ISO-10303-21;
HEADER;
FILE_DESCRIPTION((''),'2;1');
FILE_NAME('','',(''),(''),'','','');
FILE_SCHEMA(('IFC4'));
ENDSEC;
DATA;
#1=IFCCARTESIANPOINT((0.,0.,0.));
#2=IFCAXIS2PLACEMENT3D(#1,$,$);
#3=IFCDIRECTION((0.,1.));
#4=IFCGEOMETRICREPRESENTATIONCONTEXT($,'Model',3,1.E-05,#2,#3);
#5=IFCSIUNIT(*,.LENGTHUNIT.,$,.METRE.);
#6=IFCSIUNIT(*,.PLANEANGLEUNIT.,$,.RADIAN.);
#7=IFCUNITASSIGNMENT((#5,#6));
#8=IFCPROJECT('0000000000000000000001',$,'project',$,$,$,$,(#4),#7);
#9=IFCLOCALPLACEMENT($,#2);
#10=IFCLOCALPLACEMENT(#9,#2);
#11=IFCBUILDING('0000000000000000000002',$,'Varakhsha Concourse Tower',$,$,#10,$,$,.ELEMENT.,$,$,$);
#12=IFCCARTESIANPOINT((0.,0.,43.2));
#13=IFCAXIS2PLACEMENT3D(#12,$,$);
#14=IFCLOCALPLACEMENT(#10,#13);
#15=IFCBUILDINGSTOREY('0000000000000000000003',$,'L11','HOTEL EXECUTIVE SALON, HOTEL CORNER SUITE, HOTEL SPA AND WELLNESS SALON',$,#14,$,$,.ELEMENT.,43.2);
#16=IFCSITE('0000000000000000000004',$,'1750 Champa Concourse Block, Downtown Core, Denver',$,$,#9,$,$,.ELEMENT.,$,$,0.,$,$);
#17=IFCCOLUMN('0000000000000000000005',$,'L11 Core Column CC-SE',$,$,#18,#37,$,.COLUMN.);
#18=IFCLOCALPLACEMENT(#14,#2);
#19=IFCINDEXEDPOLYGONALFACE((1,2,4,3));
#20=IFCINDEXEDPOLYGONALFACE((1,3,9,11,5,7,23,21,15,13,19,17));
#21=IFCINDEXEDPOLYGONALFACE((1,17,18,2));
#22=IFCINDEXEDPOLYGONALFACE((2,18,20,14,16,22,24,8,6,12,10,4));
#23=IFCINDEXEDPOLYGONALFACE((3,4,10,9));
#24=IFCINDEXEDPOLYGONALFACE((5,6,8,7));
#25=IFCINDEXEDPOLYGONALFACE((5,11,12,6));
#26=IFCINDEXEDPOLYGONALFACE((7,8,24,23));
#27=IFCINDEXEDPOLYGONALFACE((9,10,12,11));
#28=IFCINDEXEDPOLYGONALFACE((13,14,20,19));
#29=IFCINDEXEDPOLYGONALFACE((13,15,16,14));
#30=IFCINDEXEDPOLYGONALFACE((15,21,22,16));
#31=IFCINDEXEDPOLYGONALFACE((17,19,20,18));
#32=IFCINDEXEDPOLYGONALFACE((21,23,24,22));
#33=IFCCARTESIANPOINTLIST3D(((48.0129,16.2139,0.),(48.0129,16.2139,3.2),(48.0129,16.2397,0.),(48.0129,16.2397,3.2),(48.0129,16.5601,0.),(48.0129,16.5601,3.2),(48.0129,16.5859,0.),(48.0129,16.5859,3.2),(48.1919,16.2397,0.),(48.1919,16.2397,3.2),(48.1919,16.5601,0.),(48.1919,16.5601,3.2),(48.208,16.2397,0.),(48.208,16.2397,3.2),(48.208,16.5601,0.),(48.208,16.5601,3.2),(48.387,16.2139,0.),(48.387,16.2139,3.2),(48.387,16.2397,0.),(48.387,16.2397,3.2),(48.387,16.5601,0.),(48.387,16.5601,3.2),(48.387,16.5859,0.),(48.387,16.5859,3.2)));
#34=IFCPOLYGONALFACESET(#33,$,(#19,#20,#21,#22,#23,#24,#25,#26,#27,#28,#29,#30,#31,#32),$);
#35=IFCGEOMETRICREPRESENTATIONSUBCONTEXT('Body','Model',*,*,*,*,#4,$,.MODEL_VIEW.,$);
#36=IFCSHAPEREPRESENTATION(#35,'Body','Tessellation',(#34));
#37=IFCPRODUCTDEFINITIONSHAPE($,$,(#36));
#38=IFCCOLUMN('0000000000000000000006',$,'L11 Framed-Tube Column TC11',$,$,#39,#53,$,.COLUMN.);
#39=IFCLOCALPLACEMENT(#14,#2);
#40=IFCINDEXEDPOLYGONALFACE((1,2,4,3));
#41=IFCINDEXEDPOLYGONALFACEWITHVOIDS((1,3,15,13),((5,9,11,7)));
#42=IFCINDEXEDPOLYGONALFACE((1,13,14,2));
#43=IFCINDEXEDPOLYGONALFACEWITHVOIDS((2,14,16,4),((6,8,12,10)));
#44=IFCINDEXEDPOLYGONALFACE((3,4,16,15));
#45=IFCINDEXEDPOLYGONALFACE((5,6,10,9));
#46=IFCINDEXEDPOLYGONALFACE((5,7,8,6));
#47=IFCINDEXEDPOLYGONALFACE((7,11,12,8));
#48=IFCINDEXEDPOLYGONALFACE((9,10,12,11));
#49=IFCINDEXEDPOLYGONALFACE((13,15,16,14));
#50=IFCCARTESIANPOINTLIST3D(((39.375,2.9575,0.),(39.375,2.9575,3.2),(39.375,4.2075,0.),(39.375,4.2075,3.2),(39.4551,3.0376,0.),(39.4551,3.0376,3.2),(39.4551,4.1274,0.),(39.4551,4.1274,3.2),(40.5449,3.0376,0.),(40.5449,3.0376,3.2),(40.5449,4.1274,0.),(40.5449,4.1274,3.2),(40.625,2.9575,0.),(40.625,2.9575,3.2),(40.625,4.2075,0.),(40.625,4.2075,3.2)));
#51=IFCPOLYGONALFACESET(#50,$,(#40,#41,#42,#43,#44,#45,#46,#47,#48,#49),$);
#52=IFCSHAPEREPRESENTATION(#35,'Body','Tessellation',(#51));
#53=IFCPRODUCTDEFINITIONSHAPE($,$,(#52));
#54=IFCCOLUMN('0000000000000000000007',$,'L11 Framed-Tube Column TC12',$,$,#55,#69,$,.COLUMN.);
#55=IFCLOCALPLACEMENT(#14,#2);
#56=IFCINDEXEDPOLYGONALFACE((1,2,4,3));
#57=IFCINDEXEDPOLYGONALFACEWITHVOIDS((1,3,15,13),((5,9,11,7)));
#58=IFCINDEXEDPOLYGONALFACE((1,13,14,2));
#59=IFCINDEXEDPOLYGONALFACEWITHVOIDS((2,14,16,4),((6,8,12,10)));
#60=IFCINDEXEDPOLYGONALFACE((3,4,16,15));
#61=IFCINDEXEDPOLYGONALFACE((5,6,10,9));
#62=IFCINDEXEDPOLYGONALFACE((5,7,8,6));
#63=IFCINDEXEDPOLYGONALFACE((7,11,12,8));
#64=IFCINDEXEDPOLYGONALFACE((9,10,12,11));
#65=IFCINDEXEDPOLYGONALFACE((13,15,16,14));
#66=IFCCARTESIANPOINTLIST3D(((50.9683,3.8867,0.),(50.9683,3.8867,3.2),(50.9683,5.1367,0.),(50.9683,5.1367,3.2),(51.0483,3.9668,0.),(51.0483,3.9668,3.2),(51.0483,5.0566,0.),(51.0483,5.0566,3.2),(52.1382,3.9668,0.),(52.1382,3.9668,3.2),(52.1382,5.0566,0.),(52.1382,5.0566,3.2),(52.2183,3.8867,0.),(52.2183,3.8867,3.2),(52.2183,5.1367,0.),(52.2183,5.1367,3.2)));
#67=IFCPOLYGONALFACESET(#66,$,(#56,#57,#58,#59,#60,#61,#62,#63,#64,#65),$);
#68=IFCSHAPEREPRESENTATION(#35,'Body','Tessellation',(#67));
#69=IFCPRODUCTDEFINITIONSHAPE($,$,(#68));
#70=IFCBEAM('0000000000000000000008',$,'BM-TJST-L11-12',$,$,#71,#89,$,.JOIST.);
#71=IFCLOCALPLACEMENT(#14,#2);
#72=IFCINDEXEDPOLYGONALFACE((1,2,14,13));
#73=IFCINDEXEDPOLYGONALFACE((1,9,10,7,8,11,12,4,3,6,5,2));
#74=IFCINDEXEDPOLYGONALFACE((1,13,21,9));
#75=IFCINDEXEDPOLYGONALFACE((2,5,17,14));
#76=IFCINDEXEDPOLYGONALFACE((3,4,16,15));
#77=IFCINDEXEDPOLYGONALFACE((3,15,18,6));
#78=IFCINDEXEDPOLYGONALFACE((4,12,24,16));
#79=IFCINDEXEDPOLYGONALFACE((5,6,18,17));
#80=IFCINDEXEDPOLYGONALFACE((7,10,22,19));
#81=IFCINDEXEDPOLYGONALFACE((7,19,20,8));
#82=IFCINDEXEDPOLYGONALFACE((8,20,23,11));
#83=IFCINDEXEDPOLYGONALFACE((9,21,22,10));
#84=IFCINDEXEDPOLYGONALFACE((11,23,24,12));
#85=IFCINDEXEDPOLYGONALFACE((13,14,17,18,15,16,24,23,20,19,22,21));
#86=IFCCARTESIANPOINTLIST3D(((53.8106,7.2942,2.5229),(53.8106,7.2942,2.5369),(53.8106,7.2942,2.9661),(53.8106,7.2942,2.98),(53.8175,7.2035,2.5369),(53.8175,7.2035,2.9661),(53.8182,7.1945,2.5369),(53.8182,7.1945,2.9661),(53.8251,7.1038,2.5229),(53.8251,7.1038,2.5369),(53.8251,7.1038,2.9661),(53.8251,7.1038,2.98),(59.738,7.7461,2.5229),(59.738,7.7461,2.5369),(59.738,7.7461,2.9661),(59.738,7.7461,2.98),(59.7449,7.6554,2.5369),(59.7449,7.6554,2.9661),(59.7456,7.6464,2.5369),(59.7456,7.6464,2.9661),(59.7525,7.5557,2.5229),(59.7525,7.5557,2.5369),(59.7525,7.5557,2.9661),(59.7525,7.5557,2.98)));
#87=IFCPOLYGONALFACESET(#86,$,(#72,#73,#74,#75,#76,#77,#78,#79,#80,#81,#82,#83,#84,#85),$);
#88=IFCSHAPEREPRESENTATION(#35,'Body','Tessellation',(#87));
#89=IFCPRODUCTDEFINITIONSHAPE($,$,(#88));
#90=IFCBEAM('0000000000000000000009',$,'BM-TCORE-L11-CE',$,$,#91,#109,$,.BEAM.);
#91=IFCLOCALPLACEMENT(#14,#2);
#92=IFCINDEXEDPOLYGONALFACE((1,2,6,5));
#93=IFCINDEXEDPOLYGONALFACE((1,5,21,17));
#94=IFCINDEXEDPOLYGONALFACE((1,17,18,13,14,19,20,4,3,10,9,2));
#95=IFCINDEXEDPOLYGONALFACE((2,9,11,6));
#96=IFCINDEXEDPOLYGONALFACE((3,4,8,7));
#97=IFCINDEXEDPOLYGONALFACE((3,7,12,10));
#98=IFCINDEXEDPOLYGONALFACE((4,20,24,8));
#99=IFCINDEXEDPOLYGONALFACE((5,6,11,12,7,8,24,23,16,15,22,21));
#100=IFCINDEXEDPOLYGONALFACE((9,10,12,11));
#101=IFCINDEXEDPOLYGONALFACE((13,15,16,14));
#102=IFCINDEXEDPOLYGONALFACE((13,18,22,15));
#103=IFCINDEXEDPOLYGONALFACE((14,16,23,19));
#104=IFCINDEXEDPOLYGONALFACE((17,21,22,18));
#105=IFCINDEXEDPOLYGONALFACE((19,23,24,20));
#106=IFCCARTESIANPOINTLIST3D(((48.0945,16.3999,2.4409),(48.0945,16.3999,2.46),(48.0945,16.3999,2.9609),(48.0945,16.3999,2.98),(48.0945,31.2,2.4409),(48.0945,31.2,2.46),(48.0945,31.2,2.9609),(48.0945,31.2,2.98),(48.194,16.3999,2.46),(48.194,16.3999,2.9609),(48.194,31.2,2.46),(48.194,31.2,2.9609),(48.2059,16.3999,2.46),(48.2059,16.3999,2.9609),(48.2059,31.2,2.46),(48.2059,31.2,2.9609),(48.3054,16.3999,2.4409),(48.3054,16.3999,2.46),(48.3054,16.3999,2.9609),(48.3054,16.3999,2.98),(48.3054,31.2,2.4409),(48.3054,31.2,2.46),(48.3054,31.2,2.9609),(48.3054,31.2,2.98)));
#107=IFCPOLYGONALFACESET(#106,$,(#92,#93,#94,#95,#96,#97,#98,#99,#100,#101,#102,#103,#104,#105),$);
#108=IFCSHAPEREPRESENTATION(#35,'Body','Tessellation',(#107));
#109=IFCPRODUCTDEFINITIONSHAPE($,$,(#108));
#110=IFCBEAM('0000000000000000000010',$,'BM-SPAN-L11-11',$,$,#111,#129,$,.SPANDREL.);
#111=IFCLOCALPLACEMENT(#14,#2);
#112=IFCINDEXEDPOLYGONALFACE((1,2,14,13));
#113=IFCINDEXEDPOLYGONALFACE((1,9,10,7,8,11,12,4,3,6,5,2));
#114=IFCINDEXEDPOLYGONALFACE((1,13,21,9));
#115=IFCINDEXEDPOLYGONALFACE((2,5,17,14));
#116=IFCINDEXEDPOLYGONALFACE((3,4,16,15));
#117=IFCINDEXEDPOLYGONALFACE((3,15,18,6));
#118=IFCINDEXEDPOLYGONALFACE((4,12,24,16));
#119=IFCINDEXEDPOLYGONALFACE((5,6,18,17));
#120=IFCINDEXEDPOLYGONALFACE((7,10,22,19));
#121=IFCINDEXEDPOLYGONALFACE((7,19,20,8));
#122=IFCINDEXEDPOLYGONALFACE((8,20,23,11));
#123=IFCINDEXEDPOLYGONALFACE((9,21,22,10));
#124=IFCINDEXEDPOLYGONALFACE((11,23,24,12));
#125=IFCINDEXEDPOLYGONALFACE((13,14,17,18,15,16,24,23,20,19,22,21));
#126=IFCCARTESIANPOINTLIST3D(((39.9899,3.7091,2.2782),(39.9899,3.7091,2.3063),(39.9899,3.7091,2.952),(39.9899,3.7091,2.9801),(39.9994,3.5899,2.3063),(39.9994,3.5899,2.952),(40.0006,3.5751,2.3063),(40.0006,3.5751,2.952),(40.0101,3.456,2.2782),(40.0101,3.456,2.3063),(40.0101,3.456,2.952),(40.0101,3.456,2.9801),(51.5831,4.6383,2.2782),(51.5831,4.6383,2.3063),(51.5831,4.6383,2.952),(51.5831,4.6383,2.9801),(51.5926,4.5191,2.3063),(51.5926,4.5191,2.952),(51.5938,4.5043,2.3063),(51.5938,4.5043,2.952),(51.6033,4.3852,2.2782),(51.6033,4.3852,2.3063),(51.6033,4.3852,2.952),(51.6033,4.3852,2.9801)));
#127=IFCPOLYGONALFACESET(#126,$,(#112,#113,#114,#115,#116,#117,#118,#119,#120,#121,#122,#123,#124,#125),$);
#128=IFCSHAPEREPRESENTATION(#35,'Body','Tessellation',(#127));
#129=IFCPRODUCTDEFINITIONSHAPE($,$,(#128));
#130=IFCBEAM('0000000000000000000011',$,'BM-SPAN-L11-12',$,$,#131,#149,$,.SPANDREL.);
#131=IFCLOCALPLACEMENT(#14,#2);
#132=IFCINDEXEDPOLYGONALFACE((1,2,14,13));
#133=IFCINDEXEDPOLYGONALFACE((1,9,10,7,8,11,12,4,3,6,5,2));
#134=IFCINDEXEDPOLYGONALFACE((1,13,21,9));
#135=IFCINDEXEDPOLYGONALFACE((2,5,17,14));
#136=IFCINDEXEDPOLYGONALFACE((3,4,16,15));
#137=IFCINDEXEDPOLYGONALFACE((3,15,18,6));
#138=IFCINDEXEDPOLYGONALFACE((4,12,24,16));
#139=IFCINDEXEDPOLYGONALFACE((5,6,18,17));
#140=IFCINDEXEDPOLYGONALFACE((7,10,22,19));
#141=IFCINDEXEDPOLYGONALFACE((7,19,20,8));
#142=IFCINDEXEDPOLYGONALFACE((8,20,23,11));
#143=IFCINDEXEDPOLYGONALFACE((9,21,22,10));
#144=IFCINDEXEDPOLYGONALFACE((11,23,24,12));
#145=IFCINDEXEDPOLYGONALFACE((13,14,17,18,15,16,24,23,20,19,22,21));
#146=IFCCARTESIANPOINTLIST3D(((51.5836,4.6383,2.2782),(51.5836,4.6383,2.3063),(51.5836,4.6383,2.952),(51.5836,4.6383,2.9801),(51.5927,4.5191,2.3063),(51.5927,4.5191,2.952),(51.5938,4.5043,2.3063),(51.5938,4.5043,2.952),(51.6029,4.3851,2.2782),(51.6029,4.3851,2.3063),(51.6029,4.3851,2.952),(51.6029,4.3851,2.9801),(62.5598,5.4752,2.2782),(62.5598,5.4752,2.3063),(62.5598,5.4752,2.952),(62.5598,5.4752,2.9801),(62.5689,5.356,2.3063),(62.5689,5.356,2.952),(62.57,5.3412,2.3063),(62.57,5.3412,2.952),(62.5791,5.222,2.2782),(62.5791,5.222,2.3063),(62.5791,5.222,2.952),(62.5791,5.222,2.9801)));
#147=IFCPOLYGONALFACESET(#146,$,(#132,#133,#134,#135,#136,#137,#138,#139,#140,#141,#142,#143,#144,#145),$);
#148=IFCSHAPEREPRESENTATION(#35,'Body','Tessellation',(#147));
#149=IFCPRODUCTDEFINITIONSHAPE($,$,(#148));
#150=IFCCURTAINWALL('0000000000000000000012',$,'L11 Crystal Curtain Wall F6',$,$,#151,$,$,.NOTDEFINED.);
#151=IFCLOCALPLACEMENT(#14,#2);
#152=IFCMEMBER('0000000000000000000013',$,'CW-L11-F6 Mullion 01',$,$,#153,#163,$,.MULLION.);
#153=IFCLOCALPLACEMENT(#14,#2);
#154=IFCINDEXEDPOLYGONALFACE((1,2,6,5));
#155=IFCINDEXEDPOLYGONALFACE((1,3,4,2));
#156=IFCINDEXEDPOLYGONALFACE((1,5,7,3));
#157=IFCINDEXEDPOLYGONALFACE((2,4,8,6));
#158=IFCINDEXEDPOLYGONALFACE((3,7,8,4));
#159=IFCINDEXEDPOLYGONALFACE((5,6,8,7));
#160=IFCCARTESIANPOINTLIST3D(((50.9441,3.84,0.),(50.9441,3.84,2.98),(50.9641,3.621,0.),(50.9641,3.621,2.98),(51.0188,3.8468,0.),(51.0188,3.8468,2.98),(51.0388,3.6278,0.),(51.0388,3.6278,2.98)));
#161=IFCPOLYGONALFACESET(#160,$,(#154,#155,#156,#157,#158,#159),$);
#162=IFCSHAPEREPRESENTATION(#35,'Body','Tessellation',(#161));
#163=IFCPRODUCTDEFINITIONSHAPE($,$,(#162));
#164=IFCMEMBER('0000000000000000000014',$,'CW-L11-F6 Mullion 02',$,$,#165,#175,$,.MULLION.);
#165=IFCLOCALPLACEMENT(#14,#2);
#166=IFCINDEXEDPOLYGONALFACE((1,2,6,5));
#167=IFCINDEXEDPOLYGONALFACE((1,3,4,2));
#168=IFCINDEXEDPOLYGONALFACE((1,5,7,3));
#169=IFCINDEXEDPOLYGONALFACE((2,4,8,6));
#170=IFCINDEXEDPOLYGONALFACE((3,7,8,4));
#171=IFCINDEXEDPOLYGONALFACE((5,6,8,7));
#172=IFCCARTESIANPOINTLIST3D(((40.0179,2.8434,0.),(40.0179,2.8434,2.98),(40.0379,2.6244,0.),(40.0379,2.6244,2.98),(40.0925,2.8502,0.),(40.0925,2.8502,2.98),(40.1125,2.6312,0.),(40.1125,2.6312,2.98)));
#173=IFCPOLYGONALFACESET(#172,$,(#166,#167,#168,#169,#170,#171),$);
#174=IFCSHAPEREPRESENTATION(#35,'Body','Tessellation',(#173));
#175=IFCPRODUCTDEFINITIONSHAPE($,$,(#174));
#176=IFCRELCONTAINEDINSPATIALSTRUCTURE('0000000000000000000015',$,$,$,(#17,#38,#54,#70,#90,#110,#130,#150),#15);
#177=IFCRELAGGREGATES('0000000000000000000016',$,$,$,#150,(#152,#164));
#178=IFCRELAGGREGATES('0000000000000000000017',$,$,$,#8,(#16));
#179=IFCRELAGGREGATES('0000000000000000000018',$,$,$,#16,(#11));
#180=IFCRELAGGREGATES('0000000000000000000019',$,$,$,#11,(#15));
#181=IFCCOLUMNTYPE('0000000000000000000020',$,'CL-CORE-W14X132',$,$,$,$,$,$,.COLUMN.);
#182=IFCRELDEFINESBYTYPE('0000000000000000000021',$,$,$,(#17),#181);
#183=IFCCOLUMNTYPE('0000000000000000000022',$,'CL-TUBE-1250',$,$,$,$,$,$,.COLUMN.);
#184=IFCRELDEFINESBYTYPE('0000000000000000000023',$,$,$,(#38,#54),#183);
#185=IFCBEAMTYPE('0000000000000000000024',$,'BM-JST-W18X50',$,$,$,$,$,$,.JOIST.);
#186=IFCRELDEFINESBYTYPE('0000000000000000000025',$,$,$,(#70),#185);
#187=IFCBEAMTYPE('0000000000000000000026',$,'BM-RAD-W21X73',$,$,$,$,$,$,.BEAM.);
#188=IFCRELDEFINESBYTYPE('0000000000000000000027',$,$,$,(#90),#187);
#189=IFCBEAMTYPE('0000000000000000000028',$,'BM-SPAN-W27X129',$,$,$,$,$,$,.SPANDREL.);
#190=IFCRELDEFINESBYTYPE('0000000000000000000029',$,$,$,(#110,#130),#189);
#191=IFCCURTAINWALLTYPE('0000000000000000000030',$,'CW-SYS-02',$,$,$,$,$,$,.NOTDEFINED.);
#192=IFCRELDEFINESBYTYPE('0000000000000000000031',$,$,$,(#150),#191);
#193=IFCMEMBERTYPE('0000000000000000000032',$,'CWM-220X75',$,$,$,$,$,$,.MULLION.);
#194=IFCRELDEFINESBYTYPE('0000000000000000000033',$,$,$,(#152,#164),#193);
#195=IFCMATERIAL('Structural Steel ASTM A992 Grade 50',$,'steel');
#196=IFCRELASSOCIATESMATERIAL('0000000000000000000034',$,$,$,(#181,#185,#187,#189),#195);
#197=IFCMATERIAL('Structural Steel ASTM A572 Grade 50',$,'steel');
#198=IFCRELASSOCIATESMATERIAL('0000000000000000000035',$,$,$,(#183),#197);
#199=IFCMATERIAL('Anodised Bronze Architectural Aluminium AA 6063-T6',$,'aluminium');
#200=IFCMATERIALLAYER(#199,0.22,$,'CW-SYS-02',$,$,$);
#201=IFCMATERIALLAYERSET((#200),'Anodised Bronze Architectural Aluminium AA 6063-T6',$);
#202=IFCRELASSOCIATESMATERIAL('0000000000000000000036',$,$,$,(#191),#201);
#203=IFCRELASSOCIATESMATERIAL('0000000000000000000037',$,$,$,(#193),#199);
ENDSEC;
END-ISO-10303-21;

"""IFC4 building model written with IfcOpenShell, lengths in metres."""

from ifc_helpers import new_model, si_unit, direction, frame, origin, origin_2d, place, context, subcontext, project, spatial, rectangle, hollow_rectangle, i_section, extrude, source, transform, mapped, material, layer, layer_set, material_profile, profile_set, type_object, type_shapes, element, aggregate, save


model = new_model("IFC4")

# Units and contexts
model_context = context("Model", 3, precision=1e-05, world=origin(), true_north=direction((0.0, 1.0)))
body_context = subcontext(model_context, "Body", "Model", "MODEL_VIEW")
ifc_project = project(units=[si_unit("LENGTHUNIT", "METRE"), si_unit("PLANEANGLEUNIT", "RADIAN")], contexts=[model_context])

# Site, building, storey
site_placement = place(None, origin())
site = spatial("IfcSite", under=ifc_project, at=site_placement, Name="1750 Champa Concourse Block, Downtown Core, Denver", CompositionType="ELEMENT", RefElevation=0.0)
building_placement = place(site_placement, origin())
building = spatial("IfcBuilding", under=site, at=building_placement, Name="Varakhsha Concourse Tower", CompositionType="ELEMENT")
storey_placement = place(building_placement, frame((0.0, 0.0, 43.2)))
storey = spatial("IfcBuildingStorey", under=building, at=storey_placement, Name="L11", Description="HOTEL EXECUTIVE SALON, HOTEL CORNER SUITE, HOTEL SPA AND WELLNESS SALON", CompositionType="ELEMENT", Elevation=43.2)

# Columns
ifc_material_1 = material(Name="Structural Steel ASTM A992 Grade 50", Category="steel")
ifc_material_profile_1 = material_profile(ifc_material_1, i_section(OverallWidth=0.374, OverallDepth=0.3721, WebThickness=0.0161, FlangeThickness=0.0259, at=origin_2d()), Name="W14X132")
ifc_profile_set_1 = profile_set([ifc_material_profile_1], Name="Structural Steel ASTM A992 Grade 50")
column_type_1 = type_object("IfcColumnType", Name="CL-CORE-W14X132", PredefinedType="COLUMN", material=ifc_profile_set_1)
column_placement = place(storey_placement, frame((48.2, 16.3999, 0.0), z_axis=(0.0, 0.0, 1.0), x_axis=(1.0, 0.0, 0.0)))
element("IfcColumn", 1, at=column_placement, inside=storey, type_object=column_type_1, Name="L11 Core Column CC-SE", PredefinedType="COLUMN", context=body_context, shape_type="SweptSolid", body=[
    extrude(i_section(OverallWidth=0.374, OverallDepth=0.3721, WebThickness=0.0161, FlangeThickness=0.0259, at=origin_2d()), origin(), (0.0, 0.0, 1.0), 3.2),
])
ifc_material_2 = material(Name="Structural Steel ASTM A572 Grade 50", Category="steel")
ifc_material_profile_2 = material_profile(ifc_material_2, hollow_rectangle(XDim=1.25, YDim=1.25, WallThickness=0.0801, at=origin_2d()), Name="BOX 1250x1250x80")
ifc_profile_set_2 = profile_set([ifc_material_profile_2], Name="Structural Steel ASTM A572 Grade 50")
column_type_2 = type_object("IfcColumnType", Name="CL-TUBE-1250", PredefinedType="COLUMN", material=ifc_profile_set_2)
for number, where, z_axis, x_axis, name in (
    (2, (40.0, 3.5825, 0.0), (0.0, 0.0, 1.0), (1.0, 0.0, 0.0), "L11 Framed-Tube Column TC11"),
    (3, (51.5933, 4.5117, 0.0), (0.0, 0.0, 1.0), (1.0, 0.0, 0.0), "L11 Framed-Tube Column TC12"),
):
    element("IfcColumn", number, at=place(storey_placement, frame(where, z_axis=z_axis, x_axis=x_axis)), inside=storey, type_object=column_type_2, Name=name, PredefinedType="COLUMN", context=body_context, shape_type="SweptSolid", body=[
        extrude(hollow_rectangle(XDim=1.25, YDim=1.25, WallThickness=0.0801, at=origin_2d()), origin(), (0.0, 0.0, 1.0), 3.2),
    ])

# Beams
ifc_material_profile_3 = material_profile(ifc_material_1, i_section(OverallWidth=0.1909, OverallDepth=0.457, WebThickness=0.009, FlangeThickness=0.0139, at=origin_2d()), Name="W18X50")
ifc_profile_set_3 = profile_set([ifc_material_profile_3], Name="Structural Steel ASTM A992 Grade 50")
beam_type_1 = type_object("IfcBeamType", Name="BM-JST-W18X50", PredefinedType="JOIST", material=ifc_profile_set_3)
beam_1_placement = place(storey_placement, frame((53.8179, 7.199, 2.7515), z_axis=(0.997106, 0.076018, 0.0), x_axis=(-0.076018, 0.997106, 0.0)))
element("IfcBeam", 4, at=beam_1_placement, inside=storey, type_object=beam_type_1, Name="BM-TJST-L11-12", PredefinedType="JOIST", context=body_context, shape_type="SweptSolid", body=[
    extrude(i_section(OverallWidth=0.1909, OverallDepth=0.457, WebThickness=0.009, FlangeThickness=0.0139, at=origin_2d()), origin(), (0.0, 0.0, 1.0), 5.9446),
])
ifc_material_profile_4 = material_profile(ifc_material_1, i_section(OverallWidth=0.2109, OverallDepth=0.5391, WebThickness=0.012, FlangeThickness=0.019, at=origin_2d()), Name="W21X73")
ifc_profile_set_4 = profile_set([ifc_material_profile_4], Name="Structural Steel ASTM A992 Grade 50")
beam_type_2 = type_object("IfcBeamType", Name="BM-RAD-W21X73", PredefinedType="BEAM", material=ifc_profile_set_4)
beam_2_placement = place(storey_placement, frame((48.2, 16.3999, 2.7104), z_axis=(0.0, 1.0, 0.0), x_axis=(-1.0, 0.0, 0.0)))
element("IfcBeam", 5, at=beam_2_placement, inside=storey, type_object=beam_type_2, Name="BM-TCORE-L11-CE", PredefinedType="BEAM", context=body_context, shape_type="SweptSolid", body=[
    extrude(i_section(OverallWidth=0.2109, OverallDepth=0.5391, WebThickness=0.012, FlangeThickness=0.019, at=origin_2d()), origin(), (0.0, 0.0, 1.0), 14.8),
])
ifc_material_profile_5 = material_profile(ifc_material_1, i_section(OverallWidth=0.2539, OverallDepth=0.7019, WebThickness=0.0149, FlangeThickness=0.0281, at=origin_2d()), Name="W27X129")
ifc_profile_set_5 = profile_set([ifc_material_profile_5], Name="Structural Steel ASTM A992 Grade 50")
beam_type_3 = type_object("IfcBeamType", Name="BM-SPAN-W27X129", PredefinedType="SPANDREL", material=ifc_profile_set_5)
beam_3_placement = place(storey_placement, frame((40.0, 3.5825, 2.6292), z_axis=(0.996803, 0.079894, 0.0), x_axis=(-0.079894, 0.996803, 0.0)))
element("IfcBeam", 6, at=beam_3_placement, inside=storey, type_object=beam_type_3, Name="BM-SPAN-L11-11", PredefinedType="SPANDREL", context=body_context, shape_type="SweptSolid", body=[
    extrude(i_section(OverallWidth=0.2539, OverallDepth=0.7019, WebThickness=0.0149, FlangeThickness=0.0281, at=origin_2d()), origin(), (0.0, 0.0, 1.0), 11.6304),
])
beam_4_placement = place(storey_placement, frame((51.5933, 4.5117, 2.6292), z_axis=(0.997106, 0.076027, 0.0), x_axis=(-0.076027, 0.997106, 0.0)))
element("IfcBeam", 7, at=beam_4_placement, inside=storey, type_object=beam_type_3, Name="BM-SPAN-L11-12", PredefinedType="SPANDREL", context=body_context, shape_type="SweptSolid", body=[
    extrude(i_section(OverallWidth=0.2539, OverallDepth=0.7019, WebThickness=0.0149, FlangeThickness=0.0281, at=origin_2d()), origin(), (0.0, 0.0, 1.0), 11.0081),
])

# Curtain wall, members
ifc_material_3 = material(Name="Anodised Bronze Architectural Aluminium AA 6063-T6", Category="aluminium")
ifc_layer_1 = layer(ifc_material_3, 0.22, Name="CW-SYS-02")
ifc_layer_set_1 = layer_set([ifc_layer_1], Name="Anodised Bronze Architectural Aluminium AA 6063-T6")
curtain_wall_type = type_object("IfcCurtainWallType", Name="CW-SYS-02", PredefinedType="NOTDEFINED", material=ifc_layer_set_1)
curtain_wall_1_placement = place(storey_placement, origin())
curtain_wall_1 = element("IfcCurtainWall", 8, at=curtain_wall_1_placement, inside=storey, type_object=curtain_wall_type, Name="L11 Crystal Curtain Wall F6", PredefinedType="NOTDEFINED")
ifc_material_profile_6 = material_profile(ifc_material_3, rectangle(XDim=0.075, YDim=0.22, at=origin_2d()), Name="CWM-220X75")
ifc_profile_set_6 = profile_set([ifc_material_profile_6], Name="Anodised Bronze Architectural Aluminium AA 6063-T6")
member_type_1 = type_object("IfcMemberType", Name="CWM-220X75", PredefinedType="MULLION", material=ifc_profile_set_6)
shared_shape_1 = source(origin(), body_context, "Body", "SweptSolid", [
    extrude(rectangle(XDim=0.075, YDim=0.22, at=origin_2d()), origin(), (0.0, 0.0, 1.0), 2.98),
])
type_shapes(member_type_1, [shared_shape_1])
member_1_placement = place(storey_placement, frame((50.9915, 3.7339, 0.0), z_axis=(0.0, 0.0, 1.0), x_axis=(-0.995866, -0.090834, 0.0)))
member_1 = element("IfcMember", 9, at=member_1_placement, type_object=member_type_1, Name="CW-L11-F6 Mullion 01", PredefinedType="MULLION", context=body_context, shape_type="MappedRepresentation", body=[
    mapped(shared_shape_1, transform((0.0, 0.0, 0.0), scale=1.0)),
])
member_2_placement = place(storey_placement, frame((40.0652, 2.7373, 0.0), z_axis=(0.0, 0.0, 1.0), x_axis=(-0.995866, -0.090834, 0.0)))
member_2 = element("IfcMember", 10, at=member_2_placement, type_object=member_type_1, Name="CW-L11-F6 Mullion 02", PredefinedType="MULLION", context=body_context, shape_type="MappedRepresentation", body=[
    mapped(shared_shape_1, transform((0.0, 0.0, 0.0), scale=1.0)),
])

aggregate(curtain_wall_1, [member_1, member_2])

save(model, "model.ifc")
